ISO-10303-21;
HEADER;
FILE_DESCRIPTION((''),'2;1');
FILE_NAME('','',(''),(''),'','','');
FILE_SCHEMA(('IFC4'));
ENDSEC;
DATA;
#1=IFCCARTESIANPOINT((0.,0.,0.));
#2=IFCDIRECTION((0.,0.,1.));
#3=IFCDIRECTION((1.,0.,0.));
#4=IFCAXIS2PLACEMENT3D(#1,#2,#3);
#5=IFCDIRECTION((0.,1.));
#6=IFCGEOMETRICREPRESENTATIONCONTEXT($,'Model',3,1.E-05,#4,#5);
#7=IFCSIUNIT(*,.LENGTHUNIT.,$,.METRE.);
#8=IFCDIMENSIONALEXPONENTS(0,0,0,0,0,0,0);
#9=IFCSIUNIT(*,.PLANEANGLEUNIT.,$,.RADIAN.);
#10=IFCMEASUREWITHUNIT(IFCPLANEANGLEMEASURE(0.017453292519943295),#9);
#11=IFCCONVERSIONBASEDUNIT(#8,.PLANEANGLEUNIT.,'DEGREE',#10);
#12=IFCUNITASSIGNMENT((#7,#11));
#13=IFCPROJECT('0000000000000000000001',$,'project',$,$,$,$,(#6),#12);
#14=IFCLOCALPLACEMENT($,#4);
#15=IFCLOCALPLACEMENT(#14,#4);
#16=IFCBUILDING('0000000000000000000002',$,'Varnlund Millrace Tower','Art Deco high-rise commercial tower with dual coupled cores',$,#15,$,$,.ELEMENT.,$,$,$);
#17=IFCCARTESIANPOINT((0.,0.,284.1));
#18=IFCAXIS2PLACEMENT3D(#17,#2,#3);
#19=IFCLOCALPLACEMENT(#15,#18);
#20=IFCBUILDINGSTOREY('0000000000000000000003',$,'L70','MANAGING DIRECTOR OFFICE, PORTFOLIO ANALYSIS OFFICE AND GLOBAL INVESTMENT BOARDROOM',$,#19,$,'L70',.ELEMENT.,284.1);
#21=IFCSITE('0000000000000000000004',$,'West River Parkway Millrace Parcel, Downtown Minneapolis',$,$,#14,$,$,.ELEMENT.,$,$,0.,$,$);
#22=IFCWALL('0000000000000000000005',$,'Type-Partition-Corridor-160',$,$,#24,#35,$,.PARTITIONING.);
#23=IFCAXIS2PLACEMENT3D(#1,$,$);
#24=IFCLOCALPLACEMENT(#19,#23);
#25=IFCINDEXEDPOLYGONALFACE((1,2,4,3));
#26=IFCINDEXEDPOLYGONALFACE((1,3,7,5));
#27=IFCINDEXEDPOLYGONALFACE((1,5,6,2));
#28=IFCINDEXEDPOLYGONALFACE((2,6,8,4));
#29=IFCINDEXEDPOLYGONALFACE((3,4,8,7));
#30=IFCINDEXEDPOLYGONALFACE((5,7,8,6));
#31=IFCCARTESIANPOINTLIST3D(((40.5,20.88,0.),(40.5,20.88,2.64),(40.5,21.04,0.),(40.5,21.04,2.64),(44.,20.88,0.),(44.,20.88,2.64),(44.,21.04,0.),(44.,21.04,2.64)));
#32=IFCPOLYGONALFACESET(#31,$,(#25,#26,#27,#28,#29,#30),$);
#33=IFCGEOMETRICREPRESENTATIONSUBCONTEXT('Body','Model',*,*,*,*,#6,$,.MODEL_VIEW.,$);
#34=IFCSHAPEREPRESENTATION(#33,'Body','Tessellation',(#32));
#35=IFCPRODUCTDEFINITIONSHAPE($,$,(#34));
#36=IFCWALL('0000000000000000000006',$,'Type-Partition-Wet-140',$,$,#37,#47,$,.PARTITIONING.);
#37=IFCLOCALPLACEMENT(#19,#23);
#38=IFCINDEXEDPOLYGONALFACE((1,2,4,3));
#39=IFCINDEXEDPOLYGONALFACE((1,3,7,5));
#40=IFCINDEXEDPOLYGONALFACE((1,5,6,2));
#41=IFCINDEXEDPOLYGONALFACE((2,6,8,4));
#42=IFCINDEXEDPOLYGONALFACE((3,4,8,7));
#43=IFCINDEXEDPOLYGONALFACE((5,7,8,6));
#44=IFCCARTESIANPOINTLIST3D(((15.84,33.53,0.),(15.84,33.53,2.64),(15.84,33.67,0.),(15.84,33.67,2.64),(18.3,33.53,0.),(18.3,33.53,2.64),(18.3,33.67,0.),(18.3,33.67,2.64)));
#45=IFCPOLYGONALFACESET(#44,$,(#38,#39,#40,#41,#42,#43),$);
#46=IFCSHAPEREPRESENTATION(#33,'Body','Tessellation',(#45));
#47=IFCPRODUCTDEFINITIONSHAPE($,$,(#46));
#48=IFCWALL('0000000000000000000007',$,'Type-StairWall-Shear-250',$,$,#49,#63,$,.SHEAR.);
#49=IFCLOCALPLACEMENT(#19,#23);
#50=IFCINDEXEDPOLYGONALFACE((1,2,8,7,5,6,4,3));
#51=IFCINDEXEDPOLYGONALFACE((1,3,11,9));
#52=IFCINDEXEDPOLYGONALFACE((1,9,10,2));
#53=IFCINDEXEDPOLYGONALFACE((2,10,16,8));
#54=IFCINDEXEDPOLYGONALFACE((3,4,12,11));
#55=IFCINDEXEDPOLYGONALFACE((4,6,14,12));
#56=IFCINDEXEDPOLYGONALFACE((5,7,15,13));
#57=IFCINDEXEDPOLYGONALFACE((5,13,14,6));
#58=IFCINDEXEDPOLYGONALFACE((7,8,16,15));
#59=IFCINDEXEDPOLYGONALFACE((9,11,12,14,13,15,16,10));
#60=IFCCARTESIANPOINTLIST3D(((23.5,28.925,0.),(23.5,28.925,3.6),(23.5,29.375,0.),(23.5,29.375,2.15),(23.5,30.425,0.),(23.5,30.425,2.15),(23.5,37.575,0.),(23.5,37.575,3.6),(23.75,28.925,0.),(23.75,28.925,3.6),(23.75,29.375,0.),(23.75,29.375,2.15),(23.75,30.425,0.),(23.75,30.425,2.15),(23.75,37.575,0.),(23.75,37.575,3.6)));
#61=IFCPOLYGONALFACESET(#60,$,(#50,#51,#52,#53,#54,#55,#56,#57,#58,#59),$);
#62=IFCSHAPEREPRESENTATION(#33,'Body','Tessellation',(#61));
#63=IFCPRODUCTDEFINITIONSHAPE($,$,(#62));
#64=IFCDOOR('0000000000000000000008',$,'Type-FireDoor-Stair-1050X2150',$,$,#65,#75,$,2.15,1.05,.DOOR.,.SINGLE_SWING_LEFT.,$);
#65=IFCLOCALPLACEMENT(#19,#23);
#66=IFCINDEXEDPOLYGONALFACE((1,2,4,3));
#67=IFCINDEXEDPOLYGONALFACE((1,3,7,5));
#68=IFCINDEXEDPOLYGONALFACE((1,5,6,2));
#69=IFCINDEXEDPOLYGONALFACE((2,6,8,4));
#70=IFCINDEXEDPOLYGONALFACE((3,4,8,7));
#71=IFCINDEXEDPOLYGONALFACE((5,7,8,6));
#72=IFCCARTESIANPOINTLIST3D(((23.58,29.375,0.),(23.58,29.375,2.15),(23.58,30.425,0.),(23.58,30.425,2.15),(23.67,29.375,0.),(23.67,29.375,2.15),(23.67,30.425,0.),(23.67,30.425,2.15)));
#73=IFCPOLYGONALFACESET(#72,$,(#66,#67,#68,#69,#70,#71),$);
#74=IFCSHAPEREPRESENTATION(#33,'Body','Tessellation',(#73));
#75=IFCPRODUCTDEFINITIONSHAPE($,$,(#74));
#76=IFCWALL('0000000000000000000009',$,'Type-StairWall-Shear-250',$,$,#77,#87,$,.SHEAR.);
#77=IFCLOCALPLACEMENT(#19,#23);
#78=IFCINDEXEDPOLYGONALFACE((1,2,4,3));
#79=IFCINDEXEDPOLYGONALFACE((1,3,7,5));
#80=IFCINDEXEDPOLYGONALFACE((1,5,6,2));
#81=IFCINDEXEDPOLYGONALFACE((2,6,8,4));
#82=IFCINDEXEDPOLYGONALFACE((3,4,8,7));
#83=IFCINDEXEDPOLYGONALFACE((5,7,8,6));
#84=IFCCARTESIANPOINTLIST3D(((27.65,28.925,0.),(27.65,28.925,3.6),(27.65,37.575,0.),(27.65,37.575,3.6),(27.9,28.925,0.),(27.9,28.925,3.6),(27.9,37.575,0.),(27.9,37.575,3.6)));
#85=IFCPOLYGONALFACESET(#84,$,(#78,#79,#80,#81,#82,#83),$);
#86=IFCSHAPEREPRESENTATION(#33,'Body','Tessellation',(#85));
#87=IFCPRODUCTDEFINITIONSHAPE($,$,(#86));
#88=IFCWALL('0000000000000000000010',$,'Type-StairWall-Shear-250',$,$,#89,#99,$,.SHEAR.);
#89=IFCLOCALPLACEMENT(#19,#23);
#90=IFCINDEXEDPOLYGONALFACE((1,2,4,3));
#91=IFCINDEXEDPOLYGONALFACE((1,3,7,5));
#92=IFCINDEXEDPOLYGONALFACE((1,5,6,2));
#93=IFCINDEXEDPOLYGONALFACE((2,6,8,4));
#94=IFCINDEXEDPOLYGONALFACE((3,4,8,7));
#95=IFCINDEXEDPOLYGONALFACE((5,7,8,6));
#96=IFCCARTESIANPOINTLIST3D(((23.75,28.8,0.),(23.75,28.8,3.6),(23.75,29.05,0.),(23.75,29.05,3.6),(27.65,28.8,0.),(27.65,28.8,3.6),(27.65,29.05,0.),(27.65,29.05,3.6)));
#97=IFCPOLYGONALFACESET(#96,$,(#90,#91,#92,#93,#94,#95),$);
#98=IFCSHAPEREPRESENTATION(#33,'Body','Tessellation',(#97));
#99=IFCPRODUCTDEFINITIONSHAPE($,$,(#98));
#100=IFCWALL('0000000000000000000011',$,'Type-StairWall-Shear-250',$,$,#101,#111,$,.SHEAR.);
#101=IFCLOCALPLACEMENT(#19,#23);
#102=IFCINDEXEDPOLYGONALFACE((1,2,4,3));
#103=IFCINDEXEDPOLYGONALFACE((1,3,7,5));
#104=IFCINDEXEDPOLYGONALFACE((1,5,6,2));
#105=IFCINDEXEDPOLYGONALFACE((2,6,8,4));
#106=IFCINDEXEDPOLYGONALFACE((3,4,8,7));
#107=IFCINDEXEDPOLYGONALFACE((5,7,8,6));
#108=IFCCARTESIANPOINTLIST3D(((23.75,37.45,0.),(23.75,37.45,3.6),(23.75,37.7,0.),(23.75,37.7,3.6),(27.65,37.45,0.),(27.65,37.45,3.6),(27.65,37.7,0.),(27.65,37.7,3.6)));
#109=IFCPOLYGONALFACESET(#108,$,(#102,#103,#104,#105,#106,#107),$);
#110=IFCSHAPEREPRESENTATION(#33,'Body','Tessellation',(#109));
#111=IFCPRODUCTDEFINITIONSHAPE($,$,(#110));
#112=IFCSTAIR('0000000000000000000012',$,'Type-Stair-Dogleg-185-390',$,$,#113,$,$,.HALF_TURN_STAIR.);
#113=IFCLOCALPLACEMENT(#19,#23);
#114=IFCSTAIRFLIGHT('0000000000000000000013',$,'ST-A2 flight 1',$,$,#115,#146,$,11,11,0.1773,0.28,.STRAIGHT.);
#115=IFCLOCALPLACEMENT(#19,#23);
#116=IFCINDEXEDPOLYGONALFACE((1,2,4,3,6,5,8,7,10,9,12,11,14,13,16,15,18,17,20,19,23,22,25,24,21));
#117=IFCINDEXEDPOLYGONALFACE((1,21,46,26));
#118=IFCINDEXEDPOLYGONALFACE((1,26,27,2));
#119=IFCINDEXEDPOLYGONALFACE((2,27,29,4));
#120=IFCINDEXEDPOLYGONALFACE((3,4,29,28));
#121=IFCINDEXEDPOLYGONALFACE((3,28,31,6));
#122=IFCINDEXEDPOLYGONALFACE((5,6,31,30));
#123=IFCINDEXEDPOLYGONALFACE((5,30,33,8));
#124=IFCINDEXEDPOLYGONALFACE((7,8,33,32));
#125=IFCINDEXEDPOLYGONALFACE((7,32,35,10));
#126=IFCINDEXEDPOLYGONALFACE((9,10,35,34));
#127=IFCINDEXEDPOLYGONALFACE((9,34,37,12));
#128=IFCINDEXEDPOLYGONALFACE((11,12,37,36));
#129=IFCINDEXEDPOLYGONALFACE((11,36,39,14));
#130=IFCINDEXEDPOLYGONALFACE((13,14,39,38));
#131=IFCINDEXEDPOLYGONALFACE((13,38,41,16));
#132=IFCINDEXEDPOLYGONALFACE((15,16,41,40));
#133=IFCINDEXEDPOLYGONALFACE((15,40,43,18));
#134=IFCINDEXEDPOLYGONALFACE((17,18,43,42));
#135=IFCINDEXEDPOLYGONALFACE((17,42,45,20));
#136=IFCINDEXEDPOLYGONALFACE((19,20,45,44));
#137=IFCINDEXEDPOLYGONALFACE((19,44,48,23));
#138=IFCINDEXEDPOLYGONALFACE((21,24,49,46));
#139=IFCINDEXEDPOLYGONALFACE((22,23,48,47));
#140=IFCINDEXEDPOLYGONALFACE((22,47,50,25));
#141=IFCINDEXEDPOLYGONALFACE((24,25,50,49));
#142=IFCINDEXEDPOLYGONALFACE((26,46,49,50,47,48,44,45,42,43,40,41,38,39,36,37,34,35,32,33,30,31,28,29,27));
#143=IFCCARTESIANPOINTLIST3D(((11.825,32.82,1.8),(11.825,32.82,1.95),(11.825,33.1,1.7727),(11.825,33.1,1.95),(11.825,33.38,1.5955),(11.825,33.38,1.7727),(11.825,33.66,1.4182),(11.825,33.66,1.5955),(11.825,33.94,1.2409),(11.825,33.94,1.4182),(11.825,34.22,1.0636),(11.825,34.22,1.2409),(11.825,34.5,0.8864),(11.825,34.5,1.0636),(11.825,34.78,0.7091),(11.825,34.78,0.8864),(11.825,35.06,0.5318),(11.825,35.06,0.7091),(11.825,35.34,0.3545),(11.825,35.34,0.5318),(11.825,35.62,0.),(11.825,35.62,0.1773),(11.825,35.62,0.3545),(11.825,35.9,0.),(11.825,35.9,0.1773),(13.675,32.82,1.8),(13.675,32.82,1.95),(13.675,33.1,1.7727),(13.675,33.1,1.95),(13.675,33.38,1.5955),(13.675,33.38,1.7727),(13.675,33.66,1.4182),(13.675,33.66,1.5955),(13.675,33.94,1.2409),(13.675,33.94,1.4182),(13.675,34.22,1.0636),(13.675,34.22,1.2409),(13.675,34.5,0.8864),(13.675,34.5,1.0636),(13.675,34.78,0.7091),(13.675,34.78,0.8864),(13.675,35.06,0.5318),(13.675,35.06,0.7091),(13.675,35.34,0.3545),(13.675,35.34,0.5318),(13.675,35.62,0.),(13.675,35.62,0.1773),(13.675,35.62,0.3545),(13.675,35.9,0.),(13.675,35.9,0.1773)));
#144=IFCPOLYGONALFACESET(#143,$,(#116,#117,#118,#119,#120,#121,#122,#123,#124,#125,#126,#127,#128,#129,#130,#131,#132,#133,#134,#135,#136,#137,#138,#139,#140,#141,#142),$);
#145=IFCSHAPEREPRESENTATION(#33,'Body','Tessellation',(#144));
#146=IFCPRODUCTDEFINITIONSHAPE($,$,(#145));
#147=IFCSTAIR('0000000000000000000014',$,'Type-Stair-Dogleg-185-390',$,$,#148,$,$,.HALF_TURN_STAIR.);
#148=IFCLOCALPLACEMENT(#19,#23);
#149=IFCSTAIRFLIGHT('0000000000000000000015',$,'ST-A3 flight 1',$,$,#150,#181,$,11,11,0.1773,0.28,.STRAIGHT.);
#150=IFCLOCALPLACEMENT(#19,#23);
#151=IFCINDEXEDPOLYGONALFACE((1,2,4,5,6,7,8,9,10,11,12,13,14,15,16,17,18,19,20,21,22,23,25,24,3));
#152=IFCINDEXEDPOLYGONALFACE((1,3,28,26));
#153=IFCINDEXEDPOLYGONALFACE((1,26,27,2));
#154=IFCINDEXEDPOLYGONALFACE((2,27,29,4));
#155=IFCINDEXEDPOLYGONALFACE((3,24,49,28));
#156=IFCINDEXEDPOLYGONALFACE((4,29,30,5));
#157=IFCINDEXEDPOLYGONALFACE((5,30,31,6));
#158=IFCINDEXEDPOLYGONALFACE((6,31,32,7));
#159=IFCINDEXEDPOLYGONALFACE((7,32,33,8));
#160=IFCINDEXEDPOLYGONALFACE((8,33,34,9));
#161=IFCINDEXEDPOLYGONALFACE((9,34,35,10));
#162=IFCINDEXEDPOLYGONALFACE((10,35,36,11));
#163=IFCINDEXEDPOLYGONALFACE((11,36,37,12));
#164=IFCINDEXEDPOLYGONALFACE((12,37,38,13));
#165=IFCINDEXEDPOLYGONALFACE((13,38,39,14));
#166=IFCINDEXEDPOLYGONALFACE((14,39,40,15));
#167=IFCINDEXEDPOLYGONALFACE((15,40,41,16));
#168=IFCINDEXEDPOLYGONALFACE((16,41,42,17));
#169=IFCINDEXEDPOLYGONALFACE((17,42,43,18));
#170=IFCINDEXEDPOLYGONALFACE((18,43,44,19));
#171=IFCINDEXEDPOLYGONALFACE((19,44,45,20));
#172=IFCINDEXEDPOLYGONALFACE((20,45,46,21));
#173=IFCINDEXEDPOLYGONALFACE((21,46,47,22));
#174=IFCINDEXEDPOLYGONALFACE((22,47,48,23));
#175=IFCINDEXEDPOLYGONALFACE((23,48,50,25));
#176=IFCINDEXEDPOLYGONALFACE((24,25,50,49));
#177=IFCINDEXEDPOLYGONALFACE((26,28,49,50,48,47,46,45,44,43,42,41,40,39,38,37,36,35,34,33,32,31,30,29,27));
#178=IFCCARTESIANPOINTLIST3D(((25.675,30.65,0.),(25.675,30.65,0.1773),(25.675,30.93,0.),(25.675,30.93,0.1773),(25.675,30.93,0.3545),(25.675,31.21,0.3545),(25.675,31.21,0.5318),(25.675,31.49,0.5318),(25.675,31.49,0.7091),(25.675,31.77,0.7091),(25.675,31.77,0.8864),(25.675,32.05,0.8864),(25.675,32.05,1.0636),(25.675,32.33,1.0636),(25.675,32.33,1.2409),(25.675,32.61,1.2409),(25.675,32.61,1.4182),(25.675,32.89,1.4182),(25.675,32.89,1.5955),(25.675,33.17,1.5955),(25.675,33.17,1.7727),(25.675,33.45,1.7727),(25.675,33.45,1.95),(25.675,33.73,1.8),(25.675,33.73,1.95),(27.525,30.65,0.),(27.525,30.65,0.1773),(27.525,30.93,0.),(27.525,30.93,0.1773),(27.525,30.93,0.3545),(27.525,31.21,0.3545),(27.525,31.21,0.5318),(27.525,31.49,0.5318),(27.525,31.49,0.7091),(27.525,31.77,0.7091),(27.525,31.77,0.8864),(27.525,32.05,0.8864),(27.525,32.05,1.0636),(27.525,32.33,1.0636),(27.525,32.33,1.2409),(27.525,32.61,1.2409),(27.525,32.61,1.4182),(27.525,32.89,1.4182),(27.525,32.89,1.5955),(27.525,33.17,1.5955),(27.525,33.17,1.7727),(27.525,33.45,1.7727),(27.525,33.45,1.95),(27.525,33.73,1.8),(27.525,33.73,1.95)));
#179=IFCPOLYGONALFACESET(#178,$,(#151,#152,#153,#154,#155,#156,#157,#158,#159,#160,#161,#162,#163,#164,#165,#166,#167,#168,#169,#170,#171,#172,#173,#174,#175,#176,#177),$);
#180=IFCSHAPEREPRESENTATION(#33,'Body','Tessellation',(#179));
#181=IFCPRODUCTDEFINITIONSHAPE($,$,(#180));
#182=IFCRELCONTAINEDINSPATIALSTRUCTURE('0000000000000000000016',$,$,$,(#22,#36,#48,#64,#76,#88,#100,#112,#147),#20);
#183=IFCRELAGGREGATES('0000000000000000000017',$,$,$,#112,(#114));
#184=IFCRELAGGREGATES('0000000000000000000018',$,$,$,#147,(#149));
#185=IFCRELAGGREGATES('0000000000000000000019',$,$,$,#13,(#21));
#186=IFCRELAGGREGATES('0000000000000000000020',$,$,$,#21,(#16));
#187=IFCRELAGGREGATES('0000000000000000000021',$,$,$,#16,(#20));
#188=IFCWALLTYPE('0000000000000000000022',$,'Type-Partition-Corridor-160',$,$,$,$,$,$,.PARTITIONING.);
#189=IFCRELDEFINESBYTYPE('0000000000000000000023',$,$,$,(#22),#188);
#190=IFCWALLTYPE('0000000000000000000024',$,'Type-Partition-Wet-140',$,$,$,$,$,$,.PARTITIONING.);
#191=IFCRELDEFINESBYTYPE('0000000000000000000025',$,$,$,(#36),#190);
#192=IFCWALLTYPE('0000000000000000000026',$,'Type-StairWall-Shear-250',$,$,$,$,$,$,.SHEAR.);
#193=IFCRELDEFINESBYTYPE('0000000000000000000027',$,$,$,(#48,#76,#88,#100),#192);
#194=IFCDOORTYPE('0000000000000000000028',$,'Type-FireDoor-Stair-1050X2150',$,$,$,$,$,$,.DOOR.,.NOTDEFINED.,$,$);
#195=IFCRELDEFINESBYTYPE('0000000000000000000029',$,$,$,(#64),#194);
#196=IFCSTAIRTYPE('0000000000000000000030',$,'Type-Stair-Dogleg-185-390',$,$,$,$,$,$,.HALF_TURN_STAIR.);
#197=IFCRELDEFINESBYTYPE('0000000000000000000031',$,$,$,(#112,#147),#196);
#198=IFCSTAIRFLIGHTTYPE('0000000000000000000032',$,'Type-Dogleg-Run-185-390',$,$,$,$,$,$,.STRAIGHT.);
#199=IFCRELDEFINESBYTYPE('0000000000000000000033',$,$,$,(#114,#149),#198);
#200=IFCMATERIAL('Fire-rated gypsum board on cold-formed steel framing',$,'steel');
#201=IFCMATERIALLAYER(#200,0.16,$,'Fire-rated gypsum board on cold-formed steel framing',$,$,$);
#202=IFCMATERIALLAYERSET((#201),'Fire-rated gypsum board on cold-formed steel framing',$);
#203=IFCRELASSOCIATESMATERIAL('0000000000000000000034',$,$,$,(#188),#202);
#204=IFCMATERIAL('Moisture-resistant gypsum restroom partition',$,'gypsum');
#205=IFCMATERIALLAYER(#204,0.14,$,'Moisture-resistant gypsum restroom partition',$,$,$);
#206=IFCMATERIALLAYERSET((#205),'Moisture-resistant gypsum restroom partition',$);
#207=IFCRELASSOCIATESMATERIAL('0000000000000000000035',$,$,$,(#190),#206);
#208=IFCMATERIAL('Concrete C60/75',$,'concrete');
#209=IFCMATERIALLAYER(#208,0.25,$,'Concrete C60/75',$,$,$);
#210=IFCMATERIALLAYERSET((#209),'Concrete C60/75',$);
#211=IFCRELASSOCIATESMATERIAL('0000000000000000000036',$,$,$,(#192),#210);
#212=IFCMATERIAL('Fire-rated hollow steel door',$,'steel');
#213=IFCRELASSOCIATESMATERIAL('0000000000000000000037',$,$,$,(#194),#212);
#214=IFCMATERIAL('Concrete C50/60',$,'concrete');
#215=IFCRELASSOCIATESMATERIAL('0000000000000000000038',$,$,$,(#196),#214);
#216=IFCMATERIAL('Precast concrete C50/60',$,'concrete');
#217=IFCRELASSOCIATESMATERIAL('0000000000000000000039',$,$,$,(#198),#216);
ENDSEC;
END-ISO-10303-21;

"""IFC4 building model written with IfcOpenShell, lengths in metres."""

from ifc_helpers import new_model, entity, si_unit, converted_unit, direction, frame, origin_with_axes, origin_2d_with_axis, place, context, subcontext, project, spatial, polyline, rectangle, outline, extrude, material, layer, layer_set, type_object, element, fill, aggregate, save


model = new_model("IFC4")

# Units and contexts
model_context = context("Model", 3, precision=1e-05, world=origin_with_axes(), true_north=direction((0.0, 1.0)))
body_context = subcontext(model_context, "Body", "Model", "MODEL_VIEW")
ifc_project = project(units=[si_unit("LENGTHUNIT", "METRE"), converted_unit("PLANEANGLEUNIT", "DEGREE", entity("IfcPlaneAngleMeasure", 0.017453292519943295), si_unit("PLANEANGLEUNIT", "RADIAN"), dimensions=[0, 0, 0, 0, 0, 0, 0])], contexts=[model_context])

# Site, building, storey
site_placement = place(None, origin_with_axes())
site = spatial("IfcSite", under=ifc_project, at=site_placement, Name="West River Parkway Millrace Parcel, Downtown Minneapolis", CompositionType="ELEMENT", RefElevation=0.0)
building_placement = place(site_placement, origin_with_axes())
building = spatial("IfcBuilding", under=site, at=building_placement, Name="Varnlund Millrace Tower", Description="Art Deco high-rise commercial tower with dual coupled cores", CompositionType="ELEMENT")
storey_placement = place(building_placement, frame((0.0, 0.0, 284.1), z_axis=(0.0, 0.0, 1.0), x_axis=(1.0, 0.0, 0.0)))
storey = spatial("IfcBuildingStorey", under=building, at=storey_placement, Name="L70", Description="MANAGING DIRECTOR OFFICE, PORTFOLIO ANALYSIS OFFICE AND GLOBAL INVESTMENT BOARDROOM", LongName="L70", CompositionType="ELEMENT", Elevation=284.1)

# Shared definitions
ifc_material_1 = material(Name="Concrete C60/75", Category="concrete")

# Shared definitions
ifc_material_2 = material(Name="Fire-rated gypsum board on cold-formed steel framing", Category="steel")
ifc_layer_1 = layer(ifc_material_2, 0.16, Name="Fire-rated gypsum board on cold-formed steel framing")
ifc_layer_set_1 = layer_set([ifc_layer_1], Name="Fire-rated gypsum board on cold-formed steel framing")
wall_type_1 = type_object("IfcWallType", Name="Type-Partition-Corridor-160", PredefinedType="PARTITIONING", material=ifc_layer_set_1)

# Wall
wall_1_placement = place(storey_placement, frame((40.5, 20.96, 0.0), z_axis=(0.0, 0.0, 1.0), x_axis=(1.0, 0.0, 0.0)))
element("IfcWall", 1, at=wall_1_placement, inside=storey, type_object=wall_type_1, Name="Type-Partition-Corridor-160", PredefinedType="PARTITIONING", context=body_context, shape_type="SweptSolid", body=[
    extrude(outline(polyline([(0.0, -0.08), (3.5, -0.08), (3.5, 0.08), (0.0, 0.08), (0.0, -0.08)])), origin_with_axes(), (0.0, 0.0, 1.0), 2.64),
])

# Wall
ifc_material_3 = material(Name="Moisture-resistant gypsum restroom partition", Category="gypsum")
ifc_layer_2 = layer(ifc_material_3, 0.14, Name="Moisture-resistant gypsum restroom partition")
ifc_layer_set_2 = layer_set([ifc_layer_2], Name="Moisture-resistant gypsum restroom partition")
wall_type_2 = type_object("IfcWallType", Name="Type-Partition-Wet-140", PredefinedType="PARTITIONING", material=ifc_layer_set_2)
wall_2_placement = place(storey_placement, frame((15.84, 33.6, 0.0), z_axis=(0.0, 0.0, 1.0), x_axis=(1.0, 0.0, 0.0)))
element("IfcWall", 2, at=wall_2_placement, inside=storey, type_object=wall_type_2, Name="Type-Partition-Wet-140", PredefinedType="PARTITIONING", context=body_context, shape_type="SweptSolid", body=[
    extrude(outline(polyline([(0.0, -0.07), (2.46, -0.07), (2.46, 0.07), (0.0, 0.07), (0.0, -0.07)])), origin_with_axes(), (0.0, 0.0, 1.0), 2.64),
])

# Wall, opening, door
ifc_layer_3 = layer(ifc_material_1, 0.25, Name="Concrete C60/75")
ifc_layer_set_3 = layer_set([ifc_layer_3], Name="Concrete C60/75")
wall_type_3 = type_object("IfcWallType", Name="Type-StairWall-Shear-250", PredefinedType="SHEAR", material=ifc_layer_set_3)
wall_3_placement = place(storey_placement, frame((23.625, 28.925, 0.0), z_axis=(0.0, 0.0, 1.0), x_axis=(0.0, 1.0, 0.0)))
wall_3 = element("IfcWall", 3, at=wall_3_placement, inside=storey, type_object=wall_type_3, Name="Type-StairWall-Shear-250", PredefinedType="SHEAR", context=body_context, shape_type="SweptSolid", body=[
    extrude(outline(polyline([(0.0, -0.125), (8.65, -0.125), (8.65, 0.125), (0.0, 0.125), (0.0, -0.125)])), origin_with_axes(), (0.0, 0.0, 1.0), 3.6),
])
opening_1_placement = place(wall_3_placement, frame((0.975, 0.0, 0.0), z_axis=(0.0, 0.0, 1.0), x_axis=(1.0, 0.0, 0.0)))
opening_1 = element("IfcOpeningElement", 4, at=opening_1_placement, cuts=wall_3, PredefinedType="OPENING", context=body_context, shape_type="SweptSolid", body=[
    extrude(rectangle(XDim=1.05, YDim=0.27, at=origin_2d_with_axis()), origin_with_axes(), (0.0, 0.0, 1.0), 2.15),
])
ifc_material_4 = material(Name="Fire-rated hollow steel door", Category="steel")
door_type_1 = type_object("IfcDoorType", Name="Type-FireDoor-Stair-1050X2150", OperationType="NOTDEFINED", PredefinedType="DOOR", material=ifc_material_4)
door_1_placement = place(wall_3_placement, frame((0.975, 0.0, 0.0), z_axis=(0.0, 0.0, 1.0), x_axis=(1.0, 0.0, 0.0)))
door_1 = element("IfcDoor", 5, at=door_1_placement, inside=storey, type_object=door_type_1, Name="Type-FireDoor-Stair-1050X2150", OperationType="SINGLE_SWING_LEFT", OverallHeight=2.15, OverallWidth=1.05, PredefinedType="DOOR", context=body_context, shape_type="SweptSolid", body=[
    extrude(rectangle(XDim=1.05, YDim=0.09, at=origin_2d_with_axis()), origin_with_axes(), (0.0, 0.0, 1.0), 2.15),
])
fill(opening_1, door_1)

# Walls
wall_4_placement = place(storey_placement, frame((27.775, 28.925, 0.0), z_axis=(0.0, 0.0, 1.0), x_axis=(0.0, 1.0, 0.0)))
element("IfcWall", 6, at=wall_4_placement, inside=storey, type_object=wall_type_3, Name="Type-StairWall-Shear-250", PredefinedType="SHEAR", context=body_context, shape_type="SweptSolid", body=[
    extrude(outline(polyline([(0.0, -0.125), (8.65, -0.125), (8.65, 0.125), (0.0, 0.125), (0.0, -0.125)])), origin_with_axes(), (0.0, 0.0, 1.0), 3.6),
])
for number, where, z_axis, x_axis, name in (
    (7, (23.75, 28.925, 0.0), (0.0, 0.0, 1.0), (1.0, 0.0, 0.0), "Type-StairWall-Shear-250"),
    (8, (23.75, 37.575, 0.0), (0.0, 0.0, 1.0), (1.0, 0.0, 0.0), "Type-StairWall-Shear-250"),
):
    element("IfcWall", number, at=place(storey_placement, frame(where, z_axis=z_axis, x_axis=x_axis)), inside=storey, type_object=wall_type_3, Name=name, PredefinedType="SHEAR", context=body_context, shape_type="SweptSolid", body=[
        extrude(outline(polyline([(0.0, -0.125), (3.9, -0.125), (3.9, 0.125), (0.0, 0.125), (0.0, -0.125)])), origin_with_axes(), (0.0, 0.0, 1.0), 3.6),
    ])

# Stairs, stair flights
ifc_material_5 = material(Name="Concrete C50/60", Category="concrete")
stair_type = type_object("IfcStairType", Name="Type-Stair-Dogleg-185-390", PredefinedType="HALF_TURN_STAIR", material=ifc_material_5)
stair_1_placement = place(storey_placement, origin_with_axes())
stair_1 = element("IfcStair", 9, at=stair_1_placement, inside=storey, type_object=stair_type, Name="Type-Stair-Dogleg-185-390", PredefinedType="HALF_TURN_STAIR")
ifc_material_6 = material(Name="Precast concrete C50/60", Category="concrete")
stair_flight_type = type_object("IfcStairFlightType", Name="Type-Dogleg-Run-185-390", PredefinedType="STRAIGHT", material=ifc_material_6)
stair_flight_1_placement = place(storey_placement, frame((13.675, 35.9, 0.0), z_axis=(-1.0, 0.0, 0.0), x_axis=(0.0, -1.0, 0.0)))
stair_flight_1 = element("IfcStairFlight", 10, at=stair_flight_1_placement, type_object=stair_flight_type, Name="ST-A2 flight 1", NumberOfRisers=11, NumberOfTreads=11, PredefinedType="STRAIGHT", RiserHeight=0.1773, TreadLength=0.28, context=body_context, shape_type="SweptSolid", body=[
    extrude(outline(polyline([(0.0, 0.0), (0.0, 0.1773), (0.28, 0.1773), (0.28, 0.3545), (0.56, 0.3545), (0.56, 0.5318), (0.84, 0.5318), (0.84, 0.7091), (1.12, 0.7091), (1.12, 0.8864), (1.4, 0.8864), (1.4, 1.0636), (1.68, 1.0636), (1.68, 1.2409), (1.96, 1.2409), (1.96, 1.4182), (2.24, 1.4182), (2.24, 1.5955), (2.52, 1.5955), (2.52, 1.7727), (2.8, 1.7727), (2.8, 1.95), (3.08, 1.95), (3.08, 1.8), (0.28, 0.0), (0.0, 0.0)])), origin_with_axes(), (0.0, 0.0, 1.0), 1.85),
])
aggregate(stair_1, [stair_flight_1])
stair_2_placement = place(storey_placement, origin_with_axes())
stair_2 = element("IfcStair", 11, at=stair_2_placement, inside=storey, type_object=stair_type, Name="Type-Stair-Dogleg-185-390", PredefinedType="HALF_TURN_STAIR")
stair_flight_2_placement = place(storey_placement, frame((25.675, 30.65, 0.0), z_axis=(1.0, 0.0, 0.0), x_axis=(0.0, 1.0, 0.0)))
stair_flight_2 = element("IfcStairFlight", 12, at=stair_flight_2_placement, type_object=stair_flight_type, Name="ST-A3 flight 1", NumberOfRisers=11, NumberOfTreads=11, PredefinedType="STRAIGHT", RiserHeight=0.1773, TreadLength=0.28, context=body_context, shape_type="SweptSolid", body=[
    extrude(outline(polyline([(0.0, 0.0), (0.0, 0.1773), (0.28, 0.1773), (0.28, 0.3545), (0.56, 0.3545), (0.56, 0.5318), (0.84, 0.5318), (0.84, 0.7091), (1.12, 0.7091), (1.12, 0.8864), (1.4, 0.8864), (1.4, 1.0636), (1.68, 1.0636), (1.68, 1.2409), (1.96, 1.2409), (1.96, 1.4182), (2.24, 1.4182), (2.24, 1.5955), (2.52, 1.5955), (2.52, 1.7727), (2.8, 1.7727), (2.8, 1.95), (3.08, 1.95), (3.08, 1.8), (0.28, 0.0), (0.0, 0.0)])), origin_with_axes(), (0.0, 0.0, 1.0), 1.85),
])
aggregate(stair_2, [stair_flight_2])

save(model, "model.ifc")
